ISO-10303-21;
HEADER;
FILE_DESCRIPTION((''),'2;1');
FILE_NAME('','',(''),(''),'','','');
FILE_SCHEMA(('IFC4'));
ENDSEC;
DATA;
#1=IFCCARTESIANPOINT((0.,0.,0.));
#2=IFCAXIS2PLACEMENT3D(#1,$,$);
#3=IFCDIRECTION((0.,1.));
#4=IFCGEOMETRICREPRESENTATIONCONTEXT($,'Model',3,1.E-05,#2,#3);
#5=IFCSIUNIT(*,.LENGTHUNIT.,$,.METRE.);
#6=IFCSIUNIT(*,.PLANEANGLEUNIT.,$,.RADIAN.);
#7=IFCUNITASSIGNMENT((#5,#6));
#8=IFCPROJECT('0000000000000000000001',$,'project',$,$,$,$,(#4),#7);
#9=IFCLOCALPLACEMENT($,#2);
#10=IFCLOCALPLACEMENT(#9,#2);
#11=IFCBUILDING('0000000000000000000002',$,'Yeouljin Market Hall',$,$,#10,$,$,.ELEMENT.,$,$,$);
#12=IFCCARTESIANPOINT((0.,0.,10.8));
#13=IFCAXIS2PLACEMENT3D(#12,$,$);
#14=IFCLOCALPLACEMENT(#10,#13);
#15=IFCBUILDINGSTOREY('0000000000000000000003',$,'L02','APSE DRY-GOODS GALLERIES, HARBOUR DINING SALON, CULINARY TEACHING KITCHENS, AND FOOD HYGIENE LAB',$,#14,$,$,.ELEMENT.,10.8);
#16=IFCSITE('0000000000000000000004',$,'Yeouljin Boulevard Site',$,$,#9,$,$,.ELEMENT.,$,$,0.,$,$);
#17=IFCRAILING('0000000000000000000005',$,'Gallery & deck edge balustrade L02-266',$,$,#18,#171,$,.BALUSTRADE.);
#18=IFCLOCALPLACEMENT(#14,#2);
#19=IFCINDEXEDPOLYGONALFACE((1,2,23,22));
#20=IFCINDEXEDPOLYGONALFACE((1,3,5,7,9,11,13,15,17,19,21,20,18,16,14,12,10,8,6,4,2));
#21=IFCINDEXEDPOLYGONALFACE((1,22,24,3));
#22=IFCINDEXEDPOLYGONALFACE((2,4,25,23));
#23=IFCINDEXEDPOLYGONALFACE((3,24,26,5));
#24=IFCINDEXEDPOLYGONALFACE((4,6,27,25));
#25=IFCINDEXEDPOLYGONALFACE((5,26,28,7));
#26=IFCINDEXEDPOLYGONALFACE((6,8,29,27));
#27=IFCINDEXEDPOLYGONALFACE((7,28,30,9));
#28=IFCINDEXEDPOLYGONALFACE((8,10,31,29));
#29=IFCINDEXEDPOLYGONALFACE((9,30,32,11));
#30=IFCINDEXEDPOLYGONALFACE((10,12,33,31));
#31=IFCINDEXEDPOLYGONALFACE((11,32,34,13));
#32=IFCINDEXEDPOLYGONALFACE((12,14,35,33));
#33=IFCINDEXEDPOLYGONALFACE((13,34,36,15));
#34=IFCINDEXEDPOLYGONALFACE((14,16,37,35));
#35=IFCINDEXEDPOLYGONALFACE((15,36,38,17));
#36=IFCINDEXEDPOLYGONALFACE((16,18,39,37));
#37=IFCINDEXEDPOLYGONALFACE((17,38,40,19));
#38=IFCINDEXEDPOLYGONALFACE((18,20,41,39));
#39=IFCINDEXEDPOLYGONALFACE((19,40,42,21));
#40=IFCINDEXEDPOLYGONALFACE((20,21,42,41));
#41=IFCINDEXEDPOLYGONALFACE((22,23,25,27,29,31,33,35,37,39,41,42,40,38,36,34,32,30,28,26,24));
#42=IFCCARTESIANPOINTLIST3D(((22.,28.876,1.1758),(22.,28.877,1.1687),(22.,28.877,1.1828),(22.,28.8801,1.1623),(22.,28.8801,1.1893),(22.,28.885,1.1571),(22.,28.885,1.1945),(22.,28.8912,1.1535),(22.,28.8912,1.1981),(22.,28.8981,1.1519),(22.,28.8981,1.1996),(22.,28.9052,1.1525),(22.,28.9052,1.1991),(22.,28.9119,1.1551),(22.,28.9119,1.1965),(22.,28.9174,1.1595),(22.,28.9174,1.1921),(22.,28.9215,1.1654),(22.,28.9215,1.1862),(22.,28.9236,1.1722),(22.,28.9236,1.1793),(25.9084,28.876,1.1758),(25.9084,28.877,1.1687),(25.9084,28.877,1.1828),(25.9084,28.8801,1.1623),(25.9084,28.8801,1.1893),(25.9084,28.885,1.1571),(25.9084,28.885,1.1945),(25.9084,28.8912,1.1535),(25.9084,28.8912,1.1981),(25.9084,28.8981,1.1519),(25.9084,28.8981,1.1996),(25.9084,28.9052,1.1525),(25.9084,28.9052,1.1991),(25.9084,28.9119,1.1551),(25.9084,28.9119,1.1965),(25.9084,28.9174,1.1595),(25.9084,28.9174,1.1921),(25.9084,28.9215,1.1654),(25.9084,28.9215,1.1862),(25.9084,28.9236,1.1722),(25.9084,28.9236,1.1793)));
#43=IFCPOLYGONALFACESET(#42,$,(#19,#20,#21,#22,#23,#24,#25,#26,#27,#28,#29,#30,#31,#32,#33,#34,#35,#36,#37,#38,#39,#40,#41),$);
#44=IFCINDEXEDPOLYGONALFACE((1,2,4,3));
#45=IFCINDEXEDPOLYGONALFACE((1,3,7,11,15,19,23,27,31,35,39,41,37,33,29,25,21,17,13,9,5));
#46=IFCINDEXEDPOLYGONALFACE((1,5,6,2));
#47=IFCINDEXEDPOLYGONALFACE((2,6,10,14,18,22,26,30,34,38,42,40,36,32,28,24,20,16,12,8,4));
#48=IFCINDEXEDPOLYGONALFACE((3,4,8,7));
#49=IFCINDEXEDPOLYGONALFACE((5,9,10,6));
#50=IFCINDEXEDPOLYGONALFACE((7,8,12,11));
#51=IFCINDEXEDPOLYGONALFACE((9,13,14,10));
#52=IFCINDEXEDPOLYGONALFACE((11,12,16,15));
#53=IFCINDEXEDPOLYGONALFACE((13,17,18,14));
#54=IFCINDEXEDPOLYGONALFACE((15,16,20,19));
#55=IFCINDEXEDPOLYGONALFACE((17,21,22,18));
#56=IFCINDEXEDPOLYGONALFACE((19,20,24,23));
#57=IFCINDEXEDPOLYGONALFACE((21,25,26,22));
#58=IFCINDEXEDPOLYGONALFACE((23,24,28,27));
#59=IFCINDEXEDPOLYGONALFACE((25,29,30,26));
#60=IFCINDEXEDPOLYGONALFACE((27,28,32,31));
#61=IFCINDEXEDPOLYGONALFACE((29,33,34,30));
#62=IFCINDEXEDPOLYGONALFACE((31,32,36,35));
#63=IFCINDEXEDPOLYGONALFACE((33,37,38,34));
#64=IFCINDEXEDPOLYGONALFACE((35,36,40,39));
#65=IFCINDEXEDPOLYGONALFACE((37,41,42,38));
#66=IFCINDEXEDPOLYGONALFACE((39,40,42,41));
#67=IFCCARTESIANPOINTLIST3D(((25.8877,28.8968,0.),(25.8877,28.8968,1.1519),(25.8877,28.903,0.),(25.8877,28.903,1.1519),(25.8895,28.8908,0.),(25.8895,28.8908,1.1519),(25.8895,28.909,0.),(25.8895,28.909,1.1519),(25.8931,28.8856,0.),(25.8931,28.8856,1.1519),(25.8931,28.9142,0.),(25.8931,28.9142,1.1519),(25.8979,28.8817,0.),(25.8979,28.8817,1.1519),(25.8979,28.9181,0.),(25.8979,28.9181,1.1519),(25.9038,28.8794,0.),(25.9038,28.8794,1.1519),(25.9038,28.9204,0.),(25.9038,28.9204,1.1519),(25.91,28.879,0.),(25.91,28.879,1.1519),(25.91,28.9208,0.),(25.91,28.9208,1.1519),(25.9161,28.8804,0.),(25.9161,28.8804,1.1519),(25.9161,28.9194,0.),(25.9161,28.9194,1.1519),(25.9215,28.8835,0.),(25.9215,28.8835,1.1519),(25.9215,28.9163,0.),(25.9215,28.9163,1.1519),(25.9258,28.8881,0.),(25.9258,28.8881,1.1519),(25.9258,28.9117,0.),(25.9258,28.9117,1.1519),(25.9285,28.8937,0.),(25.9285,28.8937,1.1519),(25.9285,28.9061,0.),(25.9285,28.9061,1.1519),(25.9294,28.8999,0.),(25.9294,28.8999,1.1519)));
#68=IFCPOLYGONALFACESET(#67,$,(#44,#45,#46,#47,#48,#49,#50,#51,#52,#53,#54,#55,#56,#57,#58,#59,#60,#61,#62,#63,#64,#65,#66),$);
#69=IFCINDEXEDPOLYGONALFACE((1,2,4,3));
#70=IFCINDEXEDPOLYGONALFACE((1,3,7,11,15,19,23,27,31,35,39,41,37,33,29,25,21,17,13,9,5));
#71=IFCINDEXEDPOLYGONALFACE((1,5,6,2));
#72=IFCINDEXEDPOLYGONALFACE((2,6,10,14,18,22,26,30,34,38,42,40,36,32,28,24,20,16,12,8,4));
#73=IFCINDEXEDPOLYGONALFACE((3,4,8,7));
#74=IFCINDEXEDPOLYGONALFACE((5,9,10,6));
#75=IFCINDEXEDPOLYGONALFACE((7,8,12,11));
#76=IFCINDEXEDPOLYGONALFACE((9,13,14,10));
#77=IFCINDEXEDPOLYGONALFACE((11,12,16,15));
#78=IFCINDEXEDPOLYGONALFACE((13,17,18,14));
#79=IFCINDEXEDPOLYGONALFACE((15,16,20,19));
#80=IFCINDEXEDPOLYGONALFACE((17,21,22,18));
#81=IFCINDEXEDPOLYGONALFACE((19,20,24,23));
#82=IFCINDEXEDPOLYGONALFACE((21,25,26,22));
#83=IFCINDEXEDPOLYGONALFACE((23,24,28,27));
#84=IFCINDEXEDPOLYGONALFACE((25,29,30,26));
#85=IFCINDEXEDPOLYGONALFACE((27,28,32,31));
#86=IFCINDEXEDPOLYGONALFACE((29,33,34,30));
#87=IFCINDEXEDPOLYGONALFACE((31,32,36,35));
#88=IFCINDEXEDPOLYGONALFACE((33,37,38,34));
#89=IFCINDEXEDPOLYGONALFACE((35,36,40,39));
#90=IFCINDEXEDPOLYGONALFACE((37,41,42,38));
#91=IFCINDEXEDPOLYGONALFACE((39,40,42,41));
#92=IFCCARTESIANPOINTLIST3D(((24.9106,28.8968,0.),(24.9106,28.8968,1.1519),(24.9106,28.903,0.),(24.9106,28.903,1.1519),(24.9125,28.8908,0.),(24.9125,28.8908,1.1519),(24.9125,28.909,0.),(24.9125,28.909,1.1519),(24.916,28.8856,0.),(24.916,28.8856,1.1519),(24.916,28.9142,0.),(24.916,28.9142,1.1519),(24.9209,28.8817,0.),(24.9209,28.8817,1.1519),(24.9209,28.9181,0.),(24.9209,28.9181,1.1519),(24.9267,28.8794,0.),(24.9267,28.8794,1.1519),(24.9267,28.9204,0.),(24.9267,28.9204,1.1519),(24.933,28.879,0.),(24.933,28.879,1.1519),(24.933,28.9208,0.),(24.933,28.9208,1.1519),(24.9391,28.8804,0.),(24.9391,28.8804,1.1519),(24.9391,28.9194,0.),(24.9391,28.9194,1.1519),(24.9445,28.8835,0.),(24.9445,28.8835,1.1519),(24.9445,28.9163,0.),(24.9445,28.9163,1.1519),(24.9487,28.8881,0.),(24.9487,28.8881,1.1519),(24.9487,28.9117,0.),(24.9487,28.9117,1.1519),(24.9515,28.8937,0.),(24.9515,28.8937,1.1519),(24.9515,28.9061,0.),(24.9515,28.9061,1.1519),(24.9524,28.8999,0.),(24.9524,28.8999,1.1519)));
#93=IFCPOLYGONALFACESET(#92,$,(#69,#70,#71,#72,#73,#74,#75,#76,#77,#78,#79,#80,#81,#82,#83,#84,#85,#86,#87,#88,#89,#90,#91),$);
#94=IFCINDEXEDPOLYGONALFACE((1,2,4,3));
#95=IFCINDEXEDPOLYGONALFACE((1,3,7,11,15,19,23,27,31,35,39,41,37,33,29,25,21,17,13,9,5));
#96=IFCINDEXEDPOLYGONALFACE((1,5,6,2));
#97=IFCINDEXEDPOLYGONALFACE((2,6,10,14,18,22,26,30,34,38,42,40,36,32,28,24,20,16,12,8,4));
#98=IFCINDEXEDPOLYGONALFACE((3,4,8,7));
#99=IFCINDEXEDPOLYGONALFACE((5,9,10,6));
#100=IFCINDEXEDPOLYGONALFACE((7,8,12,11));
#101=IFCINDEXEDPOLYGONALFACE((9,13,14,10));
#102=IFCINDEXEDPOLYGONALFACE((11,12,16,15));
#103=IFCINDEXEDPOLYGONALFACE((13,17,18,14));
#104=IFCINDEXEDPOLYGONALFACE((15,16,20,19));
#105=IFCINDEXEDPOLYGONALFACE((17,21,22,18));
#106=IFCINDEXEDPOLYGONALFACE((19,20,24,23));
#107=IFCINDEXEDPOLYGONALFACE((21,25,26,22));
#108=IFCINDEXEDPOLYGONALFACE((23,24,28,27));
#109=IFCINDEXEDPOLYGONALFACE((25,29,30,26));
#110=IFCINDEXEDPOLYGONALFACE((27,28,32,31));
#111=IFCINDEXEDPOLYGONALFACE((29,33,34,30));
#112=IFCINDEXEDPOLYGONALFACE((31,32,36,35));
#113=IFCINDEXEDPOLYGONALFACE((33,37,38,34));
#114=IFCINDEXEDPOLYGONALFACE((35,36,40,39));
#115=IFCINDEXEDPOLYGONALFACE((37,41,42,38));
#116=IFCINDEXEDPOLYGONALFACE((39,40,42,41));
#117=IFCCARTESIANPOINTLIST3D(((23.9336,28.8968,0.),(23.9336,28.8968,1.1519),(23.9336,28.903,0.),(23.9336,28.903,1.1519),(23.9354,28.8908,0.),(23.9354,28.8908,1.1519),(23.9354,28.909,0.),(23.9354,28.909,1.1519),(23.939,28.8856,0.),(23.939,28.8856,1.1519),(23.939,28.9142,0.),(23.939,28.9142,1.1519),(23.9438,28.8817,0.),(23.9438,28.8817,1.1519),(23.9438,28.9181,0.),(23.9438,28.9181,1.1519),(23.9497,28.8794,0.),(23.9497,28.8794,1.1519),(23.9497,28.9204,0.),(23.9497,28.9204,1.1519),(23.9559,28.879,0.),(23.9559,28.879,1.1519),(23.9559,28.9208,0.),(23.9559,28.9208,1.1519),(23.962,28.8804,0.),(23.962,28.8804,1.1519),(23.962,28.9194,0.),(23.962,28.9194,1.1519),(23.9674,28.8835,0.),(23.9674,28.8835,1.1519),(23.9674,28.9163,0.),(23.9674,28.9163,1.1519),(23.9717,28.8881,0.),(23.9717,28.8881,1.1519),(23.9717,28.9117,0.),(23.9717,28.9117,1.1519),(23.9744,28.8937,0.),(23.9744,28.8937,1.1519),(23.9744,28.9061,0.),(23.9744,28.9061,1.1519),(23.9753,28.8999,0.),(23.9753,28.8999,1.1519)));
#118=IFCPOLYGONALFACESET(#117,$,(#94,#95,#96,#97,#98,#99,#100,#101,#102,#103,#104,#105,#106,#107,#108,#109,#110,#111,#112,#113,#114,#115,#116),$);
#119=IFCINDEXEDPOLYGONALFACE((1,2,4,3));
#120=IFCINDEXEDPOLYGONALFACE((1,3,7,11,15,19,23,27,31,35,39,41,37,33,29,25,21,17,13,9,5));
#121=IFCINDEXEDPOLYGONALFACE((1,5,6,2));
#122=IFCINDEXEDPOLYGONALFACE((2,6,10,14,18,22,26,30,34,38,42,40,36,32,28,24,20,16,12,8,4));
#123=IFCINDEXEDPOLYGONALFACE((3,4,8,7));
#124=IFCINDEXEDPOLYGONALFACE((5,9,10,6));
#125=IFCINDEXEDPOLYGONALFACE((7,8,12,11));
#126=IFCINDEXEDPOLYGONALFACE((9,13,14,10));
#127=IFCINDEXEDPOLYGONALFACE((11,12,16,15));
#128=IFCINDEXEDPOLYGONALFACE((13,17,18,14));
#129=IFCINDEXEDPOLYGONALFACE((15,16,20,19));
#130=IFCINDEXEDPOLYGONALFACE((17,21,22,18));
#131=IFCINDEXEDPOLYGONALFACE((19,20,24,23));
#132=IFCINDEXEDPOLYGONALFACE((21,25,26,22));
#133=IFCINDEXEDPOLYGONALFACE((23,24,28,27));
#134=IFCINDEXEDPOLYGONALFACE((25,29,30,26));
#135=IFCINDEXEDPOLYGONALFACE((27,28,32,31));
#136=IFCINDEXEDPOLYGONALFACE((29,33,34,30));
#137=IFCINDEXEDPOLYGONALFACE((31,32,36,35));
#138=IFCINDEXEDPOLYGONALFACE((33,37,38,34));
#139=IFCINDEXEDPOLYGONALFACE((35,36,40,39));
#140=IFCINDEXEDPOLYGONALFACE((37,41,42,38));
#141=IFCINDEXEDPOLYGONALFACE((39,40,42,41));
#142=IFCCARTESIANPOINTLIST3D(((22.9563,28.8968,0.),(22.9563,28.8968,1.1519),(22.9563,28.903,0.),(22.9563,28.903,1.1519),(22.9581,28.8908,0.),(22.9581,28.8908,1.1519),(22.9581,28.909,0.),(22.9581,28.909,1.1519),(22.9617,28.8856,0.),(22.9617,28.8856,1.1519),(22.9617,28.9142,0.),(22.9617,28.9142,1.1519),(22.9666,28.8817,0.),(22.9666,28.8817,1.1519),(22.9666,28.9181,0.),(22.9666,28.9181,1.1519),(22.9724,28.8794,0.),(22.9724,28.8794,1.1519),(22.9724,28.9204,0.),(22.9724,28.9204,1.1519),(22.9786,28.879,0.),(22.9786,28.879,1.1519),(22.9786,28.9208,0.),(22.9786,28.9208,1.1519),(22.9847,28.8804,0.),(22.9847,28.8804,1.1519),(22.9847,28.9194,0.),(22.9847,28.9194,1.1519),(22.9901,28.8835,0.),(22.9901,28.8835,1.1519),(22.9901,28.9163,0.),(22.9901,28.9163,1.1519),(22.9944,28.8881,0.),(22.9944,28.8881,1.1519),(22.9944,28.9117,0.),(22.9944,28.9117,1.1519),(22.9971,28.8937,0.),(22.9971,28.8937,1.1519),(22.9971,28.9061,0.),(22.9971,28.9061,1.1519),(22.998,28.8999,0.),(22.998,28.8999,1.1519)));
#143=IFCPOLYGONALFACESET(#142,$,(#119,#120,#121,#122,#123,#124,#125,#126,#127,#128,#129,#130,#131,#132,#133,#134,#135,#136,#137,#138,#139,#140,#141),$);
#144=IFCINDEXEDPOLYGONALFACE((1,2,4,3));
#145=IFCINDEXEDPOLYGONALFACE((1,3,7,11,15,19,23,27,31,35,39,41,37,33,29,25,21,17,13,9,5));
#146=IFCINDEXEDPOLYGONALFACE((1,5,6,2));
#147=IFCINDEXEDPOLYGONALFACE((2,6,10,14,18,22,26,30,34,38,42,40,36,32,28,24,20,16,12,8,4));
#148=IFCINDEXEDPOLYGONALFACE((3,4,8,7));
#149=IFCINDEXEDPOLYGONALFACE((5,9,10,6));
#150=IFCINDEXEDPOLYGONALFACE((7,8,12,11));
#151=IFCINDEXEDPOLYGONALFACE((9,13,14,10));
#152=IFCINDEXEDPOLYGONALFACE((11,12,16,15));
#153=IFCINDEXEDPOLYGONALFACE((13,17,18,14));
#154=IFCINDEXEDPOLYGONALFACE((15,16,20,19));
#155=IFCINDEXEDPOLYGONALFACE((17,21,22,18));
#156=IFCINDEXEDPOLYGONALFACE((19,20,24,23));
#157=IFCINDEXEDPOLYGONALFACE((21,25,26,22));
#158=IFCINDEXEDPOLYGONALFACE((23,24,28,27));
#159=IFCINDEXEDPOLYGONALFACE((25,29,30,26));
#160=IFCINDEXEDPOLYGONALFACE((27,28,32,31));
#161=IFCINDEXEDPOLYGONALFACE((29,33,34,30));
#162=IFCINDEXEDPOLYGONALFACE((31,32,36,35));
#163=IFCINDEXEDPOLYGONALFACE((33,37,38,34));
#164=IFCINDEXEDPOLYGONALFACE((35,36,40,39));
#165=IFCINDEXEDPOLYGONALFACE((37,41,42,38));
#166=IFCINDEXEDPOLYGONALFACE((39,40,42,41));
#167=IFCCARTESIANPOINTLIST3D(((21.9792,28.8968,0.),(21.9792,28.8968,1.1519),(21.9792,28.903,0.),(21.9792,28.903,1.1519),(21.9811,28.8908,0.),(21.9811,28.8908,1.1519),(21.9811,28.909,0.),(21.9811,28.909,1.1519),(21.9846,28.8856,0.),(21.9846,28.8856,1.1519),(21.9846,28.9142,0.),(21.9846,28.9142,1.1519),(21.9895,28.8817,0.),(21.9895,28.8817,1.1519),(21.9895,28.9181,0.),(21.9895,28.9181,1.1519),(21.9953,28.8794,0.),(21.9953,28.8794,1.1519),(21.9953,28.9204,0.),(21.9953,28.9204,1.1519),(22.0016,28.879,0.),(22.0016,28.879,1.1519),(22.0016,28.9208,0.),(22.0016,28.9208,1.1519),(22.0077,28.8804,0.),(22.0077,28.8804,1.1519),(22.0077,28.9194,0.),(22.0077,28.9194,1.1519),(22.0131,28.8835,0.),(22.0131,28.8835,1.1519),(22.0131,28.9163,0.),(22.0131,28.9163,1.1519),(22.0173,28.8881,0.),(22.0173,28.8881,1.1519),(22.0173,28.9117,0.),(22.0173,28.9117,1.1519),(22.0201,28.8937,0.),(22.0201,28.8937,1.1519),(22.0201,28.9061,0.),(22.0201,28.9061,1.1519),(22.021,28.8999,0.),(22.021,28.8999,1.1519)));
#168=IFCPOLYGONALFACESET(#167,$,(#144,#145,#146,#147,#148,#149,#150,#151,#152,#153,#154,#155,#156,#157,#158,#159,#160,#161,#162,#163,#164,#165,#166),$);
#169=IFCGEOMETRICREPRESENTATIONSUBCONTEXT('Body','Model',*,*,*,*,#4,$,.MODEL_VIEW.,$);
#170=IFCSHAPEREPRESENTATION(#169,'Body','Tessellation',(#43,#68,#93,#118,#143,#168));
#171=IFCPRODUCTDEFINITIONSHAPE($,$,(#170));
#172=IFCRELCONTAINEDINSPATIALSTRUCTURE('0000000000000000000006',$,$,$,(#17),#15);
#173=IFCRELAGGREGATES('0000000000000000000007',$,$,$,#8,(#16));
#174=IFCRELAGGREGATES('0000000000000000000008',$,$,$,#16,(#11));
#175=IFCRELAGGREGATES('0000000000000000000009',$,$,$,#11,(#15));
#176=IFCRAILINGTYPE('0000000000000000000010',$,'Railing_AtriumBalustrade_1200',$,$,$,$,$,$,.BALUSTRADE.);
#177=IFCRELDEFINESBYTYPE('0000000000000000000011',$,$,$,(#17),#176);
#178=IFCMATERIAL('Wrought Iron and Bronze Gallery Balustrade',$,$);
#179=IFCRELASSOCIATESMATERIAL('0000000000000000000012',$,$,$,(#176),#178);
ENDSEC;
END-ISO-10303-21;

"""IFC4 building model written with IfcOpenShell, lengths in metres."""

from ifc_helpers import new_model, si_unit, direction, frame, origin, origin_2d, place, context, subcontext, project, spatial, circle, extrude, material, type_object, element, save


model = new_model("IFC4")

# Units and contexts
model_context = context("Model", 3, precision=1e-05, world=origin(), true_north=direction((0.0, 1.0)))
body_context = subcontext(model_context, "Body", "Model", "MODEL_VIEW")
ifc_project = project(units=[si_unit("LENGTHUNIT", "METRE"), si_unit("PLANEANGLEUNIT", "RADIAN")], contexts=[model_context])

# Site, building, storey
site_placement = place(None, origin())
site = spatial("IfcSite", under=ifc_project, at=site_placement, Name="Yeouljin Boulevard Site", CompositionType="ELEMENT", RefElevation=0.0)
building_placement = place(site_placement, origin())
building = spatial("IfcBuilding", under=site, at=building_placement, Name="Yeouljin Market Hall", CompositionType="ELEMENT")
storey_placement = place(building_placement, frame((0.0, 0.0, 10.8)))
storey = spatial("IfcBuildingStorey", under=building, at=storey_placement, Name="L02", Description="APSE DRY-GOODS GALLERIES, HARBOUR DINING SALON, CULINARY TEACHING KITCHENS, AND FOOD HYGIENE LAB", CompositionType="ELEMENT", Elevation=10.8)

# Railing
ifc_material_1 = material(Name="Wrought Iron and Bronze Gallery Balustrade")
railing_type = type_object("IfcRailingType", Name="Railing_AtriumBalustrade_1200", PredefinedType="BALUSTRADE", material=ifc_material_1)
railing_1_placement = place(storey_placement, frame((25.9084, 28.8999, 0.0)))
element("IfcRailing", 1, at=railing_1_placement, inside=storey, type_object=railing_type, Name="Gallery & deck edge balustrade L02-266", PredefinedType="BALUSTRADE", context=body_context, shape_type="SweptSolid", body=[
    extrude(circle(Radius=0.0239, at=origin_2d()), frame((0.0, 0.0, 1.1758), z_axis=(-1.0, 0.0, 0.0), x_axis=(0.0, -1.0, 0.0)), (0.0, 0.0, 1.0), 3.9084),
    extrude(circle(Radius=0.021, at=origin_2d()), origin(), (0.0, 0.0, 1.0), 1.1519),
    extrude(circle(Radius=0.021, at=origin_2d()), frame((-0.9771, 0.0, 0.0)), (0.0, 0.0, 1.0), 1.1519),
    extrude(circle(Radius=0.021, at=origin_2d()), frame((-1.9541, 0.0, 0.0)), (0.0, 0.0, 1.0), 1.1519),
    extrude(circle(Radius=0.021, at=origin_2d()), frame((-2.9314, 0.0, 0.0)), (0.0, 0.0, 1.0), 1.1519),
    extrude(circle(Radius=0.021, at=origin_2d()), frame((-3.9084, 0.0, 0.0)), (0.0, 0.0, 1.0), 1.1519),
])

save(model, "model.ifc")
